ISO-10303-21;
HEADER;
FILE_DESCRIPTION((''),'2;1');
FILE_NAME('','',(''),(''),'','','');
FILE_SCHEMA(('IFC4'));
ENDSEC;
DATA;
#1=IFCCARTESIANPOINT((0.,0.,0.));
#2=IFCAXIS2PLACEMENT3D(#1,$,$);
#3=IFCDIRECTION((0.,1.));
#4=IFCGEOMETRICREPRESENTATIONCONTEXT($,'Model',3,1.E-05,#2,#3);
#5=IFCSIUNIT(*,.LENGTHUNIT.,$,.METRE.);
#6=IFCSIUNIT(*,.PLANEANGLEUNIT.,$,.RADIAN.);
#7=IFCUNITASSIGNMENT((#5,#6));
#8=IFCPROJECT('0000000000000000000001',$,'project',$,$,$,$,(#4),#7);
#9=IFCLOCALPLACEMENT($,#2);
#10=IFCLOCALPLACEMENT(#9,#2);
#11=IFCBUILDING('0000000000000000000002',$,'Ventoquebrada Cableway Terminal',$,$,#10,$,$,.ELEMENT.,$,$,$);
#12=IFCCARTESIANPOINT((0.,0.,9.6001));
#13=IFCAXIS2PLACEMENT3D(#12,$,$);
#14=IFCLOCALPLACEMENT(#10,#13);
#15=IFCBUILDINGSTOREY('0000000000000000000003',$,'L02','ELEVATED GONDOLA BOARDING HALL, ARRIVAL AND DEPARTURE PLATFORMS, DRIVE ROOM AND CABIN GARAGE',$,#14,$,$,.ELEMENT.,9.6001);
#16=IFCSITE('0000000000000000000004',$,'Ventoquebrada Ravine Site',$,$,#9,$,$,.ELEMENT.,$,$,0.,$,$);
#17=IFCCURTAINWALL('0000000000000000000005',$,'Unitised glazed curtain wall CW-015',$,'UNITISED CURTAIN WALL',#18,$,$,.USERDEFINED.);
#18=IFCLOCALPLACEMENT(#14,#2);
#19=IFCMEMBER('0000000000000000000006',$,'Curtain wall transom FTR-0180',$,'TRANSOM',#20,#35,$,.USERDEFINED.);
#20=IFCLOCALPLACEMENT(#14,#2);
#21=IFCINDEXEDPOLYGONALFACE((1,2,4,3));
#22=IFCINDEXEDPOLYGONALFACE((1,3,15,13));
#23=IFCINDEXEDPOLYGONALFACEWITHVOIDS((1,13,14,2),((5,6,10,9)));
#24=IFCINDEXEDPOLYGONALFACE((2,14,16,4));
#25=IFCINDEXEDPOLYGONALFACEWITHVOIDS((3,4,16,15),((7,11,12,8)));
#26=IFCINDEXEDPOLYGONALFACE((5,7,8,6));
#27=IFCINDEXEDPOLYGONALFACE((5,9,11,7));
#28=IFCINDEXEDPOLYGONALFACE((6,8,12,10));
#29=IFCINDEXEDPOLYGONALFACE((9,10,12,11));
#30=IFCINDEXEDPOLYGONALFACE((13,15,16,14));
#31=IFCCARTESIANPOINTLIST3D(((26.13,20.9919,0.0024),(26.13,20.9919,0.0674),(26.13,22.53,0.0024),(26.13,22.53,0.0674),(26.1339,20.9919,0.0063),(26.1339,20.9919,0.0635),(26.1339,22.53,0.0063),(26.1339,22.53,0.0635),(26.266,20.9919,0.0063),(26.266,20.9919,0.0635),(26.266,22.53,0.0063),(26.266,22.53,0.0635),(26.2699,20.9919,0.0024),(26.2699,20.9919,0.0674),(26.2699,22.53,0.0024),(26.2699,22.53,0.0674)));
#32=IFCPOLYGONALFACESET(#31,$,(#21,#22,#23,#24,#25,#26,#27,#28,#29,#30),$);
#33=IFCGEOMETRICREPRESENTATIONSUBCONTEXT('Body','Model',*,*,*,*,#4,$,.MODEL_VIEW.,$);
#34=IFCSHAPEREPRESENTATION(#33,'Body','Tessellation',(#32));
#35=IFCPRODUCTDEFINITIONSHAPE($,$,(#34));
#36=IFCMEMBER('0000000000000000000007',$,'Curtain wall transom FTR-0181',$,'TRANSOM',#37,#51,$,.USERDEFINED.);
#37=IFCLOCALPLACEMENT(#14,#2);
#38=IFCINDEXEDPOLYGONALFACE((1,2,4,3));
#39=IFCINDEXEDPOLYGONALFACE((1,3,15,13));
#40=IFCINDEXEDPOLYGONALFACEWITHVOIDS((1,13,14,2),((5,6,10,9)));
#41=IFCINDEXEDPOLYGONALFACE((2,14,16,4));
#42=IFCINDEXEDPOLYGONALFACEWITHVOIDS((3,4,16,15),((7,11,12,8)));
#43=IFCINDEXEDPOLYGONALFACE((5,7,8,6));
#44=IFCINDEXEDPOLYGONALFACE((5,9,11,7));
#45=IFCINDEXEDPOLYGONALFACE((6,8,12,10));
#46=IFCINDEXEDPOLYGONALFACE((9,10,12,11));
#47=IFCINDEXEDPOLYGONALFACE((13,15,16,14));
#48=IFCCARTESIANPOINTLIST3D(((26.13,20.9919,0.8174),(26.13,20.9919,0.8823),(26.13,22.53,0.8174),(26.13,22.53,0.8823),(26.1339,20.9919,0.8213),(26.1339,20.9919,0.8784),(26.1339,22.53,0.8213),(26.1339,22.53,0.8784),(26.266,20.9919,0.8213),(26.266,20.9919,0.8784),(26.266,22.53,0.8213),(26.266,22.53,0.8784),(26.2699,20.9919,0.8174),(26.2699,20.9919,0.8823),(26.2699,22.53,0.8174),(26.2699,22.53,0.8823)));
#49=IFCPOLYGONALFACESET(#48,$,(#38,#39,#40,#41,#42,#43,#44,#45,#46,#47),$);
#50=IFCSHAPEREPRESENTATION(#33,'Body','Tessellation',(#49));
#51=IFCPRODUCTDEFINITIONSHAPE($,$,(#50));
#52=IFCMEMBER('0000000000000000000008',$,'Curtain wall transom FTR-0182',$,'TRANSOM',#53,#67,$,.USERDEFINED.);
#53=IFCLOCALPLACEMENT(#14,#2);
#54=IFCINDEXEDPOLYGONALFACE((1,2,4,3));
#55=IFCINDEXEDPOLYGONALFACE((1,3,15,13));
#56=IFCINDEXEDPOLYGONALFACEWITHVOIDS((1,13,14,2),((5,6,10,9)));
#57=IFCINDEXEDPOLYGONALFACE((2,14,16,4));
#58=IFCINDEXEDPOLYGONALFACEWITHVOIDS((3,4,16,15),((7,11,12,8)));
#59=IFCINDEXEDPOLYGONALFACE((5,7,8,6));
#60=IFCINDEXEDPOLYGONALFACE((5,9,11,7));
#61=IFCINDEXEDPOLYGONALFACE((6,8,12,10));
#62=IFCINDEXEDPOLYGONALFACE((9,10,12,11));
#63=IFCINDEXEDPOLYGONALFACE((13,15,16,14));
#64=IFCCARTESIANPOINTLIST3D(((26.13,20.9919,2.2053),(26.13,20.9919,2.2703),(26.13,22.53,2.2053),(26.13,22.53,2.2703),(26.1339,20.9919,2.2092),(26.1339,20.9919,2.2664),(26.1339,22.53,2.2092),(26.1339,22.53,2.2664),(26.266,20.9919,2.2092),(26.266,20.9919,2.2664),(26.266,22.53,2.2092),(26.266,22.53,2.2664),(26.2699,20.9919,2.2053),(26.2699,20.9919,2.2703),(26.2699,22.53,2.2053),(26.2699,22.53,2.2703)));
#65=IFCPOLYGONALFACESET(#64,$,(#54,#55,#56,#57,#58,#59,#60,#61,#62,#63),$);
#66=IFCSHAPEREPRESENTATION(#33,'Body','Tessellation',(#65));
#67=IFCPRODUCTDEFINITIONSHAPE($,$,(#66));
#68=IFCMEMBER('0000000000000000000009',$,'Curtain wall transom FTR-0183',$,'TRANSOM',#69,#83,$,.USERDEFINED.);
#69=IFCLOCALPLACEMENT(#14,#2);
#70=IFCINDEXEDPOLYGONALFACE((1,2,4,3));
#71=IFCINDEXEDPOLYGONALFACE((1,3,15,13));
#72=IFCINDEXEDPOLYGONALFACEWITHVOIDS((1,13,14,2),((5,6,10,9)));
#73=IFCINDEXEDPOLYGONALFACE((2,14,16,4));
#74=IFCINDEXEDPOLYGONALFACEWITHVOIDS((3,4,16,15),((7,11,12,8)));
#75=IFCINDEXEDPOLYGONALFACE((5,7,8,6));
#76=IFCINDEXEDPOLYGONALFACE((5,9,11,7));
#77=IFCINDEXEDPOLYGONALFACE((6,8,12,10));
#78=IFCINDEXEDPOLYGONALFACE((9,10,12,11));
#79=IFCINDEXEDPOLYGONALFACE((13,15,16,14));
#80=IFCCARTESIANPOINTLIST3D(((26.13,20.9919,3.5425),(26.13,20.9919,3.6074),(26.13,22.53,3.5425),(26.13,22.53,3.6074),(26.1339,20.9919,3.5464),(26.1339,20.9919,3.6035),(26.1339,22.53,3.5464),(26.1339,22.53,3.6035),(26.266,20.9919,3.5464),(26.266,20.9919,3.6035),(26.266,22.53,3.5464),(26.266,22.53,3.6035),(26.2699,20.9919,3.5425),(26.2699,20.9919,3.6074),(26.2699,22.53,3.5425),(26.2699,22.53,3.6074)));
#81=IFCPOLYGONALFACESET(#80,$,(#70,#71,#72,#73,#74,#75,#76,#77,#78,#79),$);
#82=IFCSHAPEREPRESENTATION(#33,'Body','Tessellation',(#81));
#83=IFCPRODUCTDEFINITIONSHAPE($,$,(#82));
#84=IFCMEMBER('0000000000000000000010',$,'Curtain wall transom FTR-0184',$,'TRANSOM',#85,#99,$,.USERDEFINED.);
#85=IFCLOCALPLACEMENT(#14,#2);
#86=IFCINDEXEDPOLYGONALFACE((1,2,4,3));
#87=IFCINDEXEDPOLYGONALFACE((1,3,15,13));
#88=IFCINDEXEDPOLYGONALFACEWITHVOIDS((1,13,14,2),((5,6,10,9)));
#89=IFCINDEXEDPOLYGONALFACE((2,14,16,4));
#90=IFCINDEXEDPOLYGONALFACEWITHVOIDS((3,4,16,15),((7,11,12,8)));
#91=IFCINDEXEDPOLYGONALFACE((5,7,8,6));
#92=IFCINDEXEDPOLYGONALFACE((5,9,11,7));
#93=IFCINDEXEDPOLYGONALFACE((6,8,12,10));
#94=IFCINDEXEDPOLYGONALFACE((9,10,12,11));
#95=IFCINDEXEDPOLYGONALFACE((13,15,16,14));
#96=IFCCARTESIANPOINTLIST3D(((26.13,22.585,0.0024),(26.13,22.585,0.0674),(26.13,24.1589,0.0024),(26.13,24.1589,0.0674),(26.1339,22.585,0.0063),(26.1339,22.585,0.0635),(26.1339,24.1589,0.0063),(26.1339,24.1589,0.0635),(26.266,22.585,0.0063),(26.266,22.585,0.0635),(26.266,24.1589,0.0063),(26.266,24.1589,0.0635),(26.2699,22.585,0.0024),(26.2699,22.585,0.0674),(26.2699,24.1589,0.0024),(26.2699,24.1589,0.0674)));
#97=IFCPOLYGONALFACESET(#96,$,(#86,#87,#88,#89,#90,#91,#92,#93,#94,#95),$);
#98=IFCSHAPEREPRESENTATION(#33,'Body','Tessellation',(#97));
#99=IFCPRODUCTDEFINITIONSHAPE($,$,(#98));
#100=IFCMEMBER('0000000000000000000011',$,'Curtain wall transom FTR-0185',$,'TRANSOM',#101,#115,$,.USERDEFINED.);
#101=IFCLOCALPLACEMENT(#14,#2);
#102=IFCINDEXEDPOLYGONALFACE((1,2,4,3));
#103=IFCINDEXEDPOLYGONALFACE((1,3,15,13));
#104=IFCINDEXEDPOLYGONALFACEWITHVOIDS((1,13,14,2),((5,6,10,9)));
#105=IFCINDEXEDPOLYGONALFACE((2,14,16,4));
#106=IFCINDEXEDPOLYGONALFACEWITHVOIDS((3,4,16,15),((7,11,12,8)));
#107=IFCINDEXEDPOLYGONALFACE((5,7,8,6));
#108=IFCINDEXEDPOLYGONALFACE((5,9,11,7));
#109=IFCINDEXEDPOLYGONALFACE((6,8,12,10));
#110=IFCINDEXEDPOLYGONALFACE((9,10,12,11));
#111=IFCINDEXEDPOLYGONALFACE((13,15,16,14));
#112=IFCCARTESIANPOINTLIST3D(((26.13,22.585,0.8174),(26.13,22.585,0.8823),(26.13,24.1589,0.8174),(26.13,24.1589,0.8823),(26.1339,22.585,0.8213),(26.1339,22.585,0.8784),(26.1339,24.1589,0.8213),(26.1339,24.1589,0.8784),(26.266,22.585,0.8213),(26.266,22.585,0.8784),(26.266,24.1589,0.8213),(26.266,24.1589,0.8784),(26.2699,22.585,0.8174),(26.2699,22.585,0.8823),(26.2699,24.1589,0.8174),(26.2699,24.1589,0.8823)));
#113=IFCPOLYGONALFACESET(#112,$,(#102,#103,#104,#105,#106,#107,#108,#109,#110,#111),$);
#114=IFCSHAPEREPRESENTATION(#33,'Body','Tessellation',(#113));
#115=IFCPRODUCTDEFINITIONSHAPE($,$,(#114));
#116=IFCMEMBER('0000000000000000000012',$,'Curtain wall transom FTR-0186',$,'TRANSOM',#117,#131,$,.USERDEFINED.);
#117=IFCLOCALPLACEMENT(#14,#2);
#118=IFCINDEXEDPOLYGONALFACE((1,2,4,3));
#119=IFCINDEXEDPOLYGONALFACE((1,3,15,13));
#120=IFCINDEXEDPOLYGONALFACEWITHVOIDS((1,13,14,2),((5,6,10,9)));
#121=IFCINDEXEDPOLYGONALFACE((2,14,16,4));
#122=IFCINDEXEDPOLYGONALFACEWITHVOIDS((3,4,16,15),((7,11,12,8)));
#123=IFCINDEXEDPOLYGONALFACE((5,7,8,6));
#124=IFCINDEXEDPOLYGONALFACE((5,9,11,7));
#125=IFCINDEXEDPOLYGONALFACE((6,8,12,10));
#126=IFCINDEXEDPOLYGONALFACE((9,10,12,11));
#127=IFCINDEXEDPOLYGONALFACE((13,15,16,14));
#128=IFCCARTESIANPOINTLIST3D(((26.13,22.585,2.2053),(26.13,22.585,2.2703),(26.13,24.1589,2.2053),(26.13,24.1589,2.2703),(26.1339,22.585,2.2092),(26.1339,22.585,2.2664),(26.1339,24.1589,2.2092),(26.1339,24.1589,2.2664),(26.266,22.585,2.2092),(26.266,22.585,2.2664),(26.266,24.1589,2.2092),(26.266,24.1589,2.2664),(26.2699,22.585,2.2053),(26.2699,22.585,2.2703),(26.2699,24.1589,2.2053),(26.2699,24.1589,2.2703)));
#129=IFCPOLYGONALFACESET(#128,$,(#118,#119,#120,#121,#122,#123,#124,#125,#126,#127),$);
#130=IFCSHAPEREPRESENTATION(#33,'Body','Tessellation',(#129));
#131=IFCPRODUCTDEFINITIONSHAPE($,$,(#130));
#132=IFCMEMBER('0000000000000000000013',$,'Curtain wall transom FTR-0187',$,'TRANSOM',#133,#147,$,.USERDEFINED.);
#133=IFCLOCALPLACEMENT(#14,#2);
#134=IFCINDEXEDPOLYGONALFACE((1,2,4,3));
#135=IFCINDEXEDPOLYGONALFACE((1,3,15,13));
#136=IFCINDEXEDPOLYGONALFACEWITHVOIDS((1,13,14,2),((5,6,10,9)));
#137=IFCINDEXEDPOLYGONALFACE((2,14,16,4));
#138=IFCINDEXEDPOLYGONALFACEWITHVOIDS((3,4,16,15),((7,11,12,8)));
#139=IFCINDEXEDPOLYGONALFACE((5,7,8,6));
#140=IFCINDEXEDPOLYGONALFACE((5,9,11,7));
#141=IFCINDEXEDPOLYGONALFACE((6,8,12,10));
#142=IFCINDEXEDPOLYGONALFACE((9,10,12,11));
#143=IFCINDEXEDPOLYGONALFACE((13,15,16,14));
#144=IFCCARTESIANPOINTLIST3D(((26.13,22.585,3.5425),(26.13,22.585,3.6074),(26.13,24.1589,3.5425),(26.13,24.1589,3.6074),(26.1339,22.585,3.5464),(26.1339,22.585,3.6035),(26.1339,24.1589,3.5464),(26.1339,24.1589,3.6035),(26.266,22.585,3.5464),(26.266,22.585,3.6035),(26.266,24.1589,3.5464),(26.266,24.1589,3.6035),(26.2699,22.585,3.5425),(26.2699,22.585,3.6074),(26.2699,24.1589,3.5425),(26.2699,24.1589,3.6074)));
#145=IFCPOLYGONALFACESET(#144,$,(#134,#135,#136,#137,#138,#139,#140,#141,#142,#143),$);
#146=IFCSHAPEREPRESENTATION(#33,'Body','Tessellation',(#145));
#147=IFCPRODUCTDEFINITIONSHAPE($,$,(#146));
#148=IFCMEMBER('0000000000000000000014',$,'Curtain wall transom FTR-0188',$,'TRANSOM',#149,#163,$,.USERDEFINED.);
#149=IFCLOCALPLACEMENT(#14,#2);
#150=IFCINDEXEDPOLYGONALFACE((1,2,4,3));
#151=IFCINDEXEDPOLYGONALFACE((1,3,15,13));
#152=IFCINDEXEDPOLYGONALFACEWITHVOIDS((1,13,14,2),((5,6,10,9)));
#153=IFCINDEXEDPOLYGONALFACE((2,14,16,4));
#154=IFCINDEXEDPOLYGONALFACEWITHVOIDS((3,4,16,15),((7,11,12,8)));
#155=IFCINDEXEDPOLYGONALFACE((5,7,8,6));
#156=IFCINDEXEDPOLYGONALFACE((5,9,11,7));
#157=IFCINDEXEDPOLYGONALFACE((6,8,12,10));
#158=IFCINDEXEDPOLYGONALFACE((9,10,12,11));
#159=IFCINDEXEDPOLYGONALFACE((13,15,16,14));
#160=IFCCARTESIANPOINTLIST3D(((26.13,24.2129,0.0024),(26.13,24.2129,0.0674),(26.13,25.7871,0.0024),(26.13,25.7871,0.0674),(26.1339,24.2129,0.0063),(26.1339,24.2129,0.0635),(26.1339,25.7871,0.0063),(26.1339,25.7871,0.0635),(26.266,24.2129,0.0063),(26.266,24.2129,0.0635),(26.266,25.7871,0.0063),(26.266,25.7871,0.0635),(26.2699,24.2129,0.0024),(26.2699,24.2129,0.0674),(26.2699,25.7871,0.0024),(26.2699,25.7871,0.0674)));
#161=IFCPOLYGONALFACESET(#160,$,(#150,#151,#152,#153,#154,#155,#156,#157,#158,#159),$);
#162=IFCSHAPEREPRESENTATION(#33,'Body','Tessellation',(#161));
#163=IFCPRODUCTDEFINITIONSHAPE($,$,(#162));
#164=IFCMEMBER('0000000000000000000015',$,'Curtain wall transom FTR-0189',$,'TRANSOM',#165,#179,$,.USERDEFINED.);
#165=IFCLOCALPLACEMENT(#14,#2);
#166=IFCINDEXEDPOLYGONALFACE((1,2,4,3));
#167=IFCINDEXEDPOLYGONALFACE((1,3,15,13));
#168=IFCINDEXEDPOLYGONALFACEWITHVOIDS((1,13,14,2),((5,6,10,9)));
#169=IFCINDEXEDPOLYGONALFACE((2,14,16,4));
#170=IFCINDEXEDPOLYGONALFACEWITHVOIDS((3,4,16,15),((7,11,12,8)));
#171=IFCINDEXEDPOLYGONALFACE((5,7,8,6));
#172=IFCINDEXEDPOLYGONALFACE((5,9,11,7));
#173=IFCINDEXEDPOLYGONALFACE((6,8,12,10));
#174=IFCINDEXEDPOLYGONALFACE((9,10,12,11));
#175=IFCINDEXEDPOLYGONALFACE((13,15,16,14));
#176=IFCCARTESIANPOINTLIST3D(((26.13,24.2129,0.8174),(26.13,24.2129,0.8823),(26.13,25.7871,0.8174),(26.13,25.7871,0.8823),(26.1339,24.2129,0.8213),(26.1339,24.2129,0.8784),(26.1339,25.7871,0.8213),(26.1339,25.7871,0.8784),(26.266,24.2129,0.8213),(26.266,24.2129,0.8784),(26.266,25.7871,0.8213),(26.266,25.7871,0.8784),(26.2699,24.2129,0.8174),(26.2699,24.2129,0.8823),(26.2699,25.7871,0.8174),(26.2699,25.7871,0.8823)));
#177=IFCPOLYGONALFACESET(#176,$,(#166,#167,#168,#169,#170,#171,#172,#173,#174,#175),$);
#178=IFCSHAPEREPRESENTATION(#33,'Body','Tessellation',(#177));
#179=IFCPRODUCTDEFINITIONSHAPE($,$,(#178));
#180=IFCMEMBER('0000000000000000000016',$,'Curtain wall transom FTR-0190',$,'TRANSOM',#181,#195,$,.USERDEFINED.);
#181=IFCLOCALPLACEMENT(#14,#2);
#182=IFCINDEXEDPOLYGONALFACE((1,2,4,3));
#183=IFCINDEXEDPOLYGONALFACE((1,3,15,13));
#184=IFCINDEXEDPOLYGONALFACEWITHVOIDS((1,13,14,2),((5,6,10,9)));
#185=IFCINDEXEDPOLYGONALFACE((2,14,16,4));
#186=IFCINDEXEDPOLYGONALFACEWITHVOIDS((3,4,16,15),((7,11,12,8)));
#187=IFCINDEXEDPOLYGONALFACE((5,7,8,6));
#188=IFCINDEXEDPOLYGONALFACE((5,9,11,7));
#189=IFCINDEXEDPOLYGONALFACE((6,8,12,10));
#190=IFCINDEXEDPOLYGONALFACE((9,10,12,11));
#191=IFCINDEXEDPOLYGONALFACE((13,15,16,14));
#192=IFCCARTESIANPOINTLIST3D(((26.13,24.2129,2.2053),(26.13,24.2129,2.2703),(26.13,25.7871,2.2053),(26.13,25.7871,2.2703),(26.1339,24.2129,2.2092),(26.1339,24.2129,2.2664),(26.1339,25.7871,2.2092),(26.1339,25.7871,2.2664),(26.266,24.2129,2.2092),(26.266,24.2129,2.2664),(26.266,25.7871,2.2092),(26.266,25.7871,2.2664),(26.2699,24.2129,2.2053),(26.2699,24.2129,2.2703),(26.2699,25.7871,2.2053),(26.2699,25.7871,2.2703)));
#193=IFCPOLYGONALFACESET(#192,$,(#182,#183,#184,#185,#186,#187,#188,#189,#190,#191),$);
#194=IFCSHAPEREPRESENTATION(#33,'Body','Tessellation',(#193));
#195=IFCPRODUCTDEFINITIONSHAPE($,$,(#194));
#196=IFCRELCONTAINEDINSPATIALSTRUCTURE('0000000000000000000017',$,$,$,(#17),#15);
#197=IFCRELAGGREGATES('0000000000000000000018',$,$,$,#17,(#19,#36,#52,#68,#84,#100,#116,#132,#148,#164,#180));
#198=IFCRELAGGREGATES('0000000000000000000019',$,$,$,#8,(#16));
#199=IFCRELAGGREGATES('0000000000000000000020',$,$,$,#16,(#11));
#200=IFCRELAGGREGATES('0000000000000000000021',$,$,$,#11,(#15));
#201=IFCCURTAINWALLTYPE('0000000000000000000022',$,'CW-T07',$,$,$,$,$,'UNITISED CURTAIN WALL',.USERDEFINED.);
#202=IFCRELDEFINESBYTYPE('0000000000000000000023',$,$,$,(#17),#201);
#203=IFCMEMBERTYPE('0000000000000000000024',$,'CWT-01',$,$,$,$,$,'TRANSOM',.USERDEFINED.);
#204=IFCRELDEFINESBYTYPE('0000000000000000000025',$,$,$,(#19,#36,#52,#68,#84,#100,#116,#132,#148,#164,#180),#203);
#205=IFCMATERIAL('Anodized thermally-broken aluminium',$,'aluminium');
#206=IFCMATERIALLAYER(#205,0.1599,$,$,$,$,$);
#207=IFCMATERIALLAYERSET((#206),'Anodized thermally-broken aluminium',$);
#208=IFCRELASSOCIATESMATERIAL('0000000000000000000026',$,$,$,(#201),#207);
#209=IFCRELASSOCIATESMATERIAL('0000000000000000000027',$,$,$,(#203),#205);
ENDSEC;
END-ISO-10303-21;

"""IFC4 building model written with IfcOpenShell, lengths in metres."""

from ifc_helpers import new_model, si_unit, direction, frame, origin, origin_2d, place, context, subcontext, project, spatial, hollow_rectangle, extrude, material, layer, layer_set, material_profile, profile_set, type_object, element, aggregate, save


model = new_model("IFC4")

# Units and contexts
model_context = context("Model", 3, precision=1e-05, world=origin(), true_north=direction((0.0, 1.0)))
body_context = subcontext(model_context, "Body", "Model", "MODEL_VIEW")
ifc_project = project(units=[si_unit("LENGTHUNIT", "METRE"), si_unit("PLANEANGLEUNIT", "RADIAN")], contexts=[model_context])

# Site, building, storey
site_placement = place(None, origin())
site = spatial("IfcSite", under=ifc_project, at=site_placement, Name="Ventoquebrada Ravine Site", CompositionType="ELEMENT", RefElevation=0.0)
building_placement = place(site_placement, origin())
building = spatial("IfcBuilding", under=site, at=building_placement, Name="Ventoquebrada Cableway Terminal", CompositionType="ELEMENT")
storey_placement = place(building_placement, frame((0.0, 0.0, 9.6001)))
storey = spatial("IfcBuildingStorey", under=building, at=storey_placement, Name="L02", Description="ELEVATED GONDOLA BOARDING HALL, ARRIVAL AND DEPARTURE PLATFORMS, DRIVE ROOM AND CABIN GARAGE", CompositionType="ELEMENT", Elevation=9.6001)

# Curtain wall
ifc_material_1 = material(Name="Anodized thermally-broken aluminium", Category="aluminium")
ifc_layer_1 = layer(ifc_material_1, 0.1599)
ifc_layer_set_1 = layer_set([ifc_layer_1], Name="Anodized thermally-broken aluminium")
curtain_wall_type = type_object("IfcCurtainWallType", Name="CW-T07", ElementType="UNITISED CURTAIN WALL", PredefinedType="USERDEFINED", material=ifc_layer_set_1)
curtain_wall_1_placement = place(storey_placement, origin())
curtain_wall_1 = element("IfcCurtainWall", 1, at=curtain_wall_1_placement, inside=storey, type_object=curtain_wall_type, Name="Unitised glazed curtain wall CW-015", ObjectType="UNITISED CURTAIN WALL", PredefinedType="USERDEFINED")

# Members
ifc_material_profile_1 = material_profile(ifc_material_1, hollow_rectangle(XDim=0.0649, YDim=0.1399, WallThickness=0.0039, at=origin_2d()), Name="CW-TRN-65X140")
ifc_profile_set_1 = profile_set([ifc_material_profile_1], Name="Anodized thermally-broken aluminium")
member_type_1 = type_object("IfcMemberType", Name="CWT-01", ElementType="TRANSOM", PredefinedType="USERDEFINED", material=ifc_profile_set_1)
member_1_placement = place(storey_placement, frame((26.2, 20.9919, 0.0349), z_axis=(0.0, 1.0, 0.0), x_axis=(0.0, 0.0, 1.0)))
member_1 = element("IfcMember", 2, at=member_1_placement, type_object=member_type_1, Name="Curtain wall transom FTR-0180", ObjectType="TRANSOM", PredefinedType="USERDEFINED", context=body_context, shape_type="SweptSolid", body=[
    extrude(hollow_rectangle(XDim=0.0649, YDim=0.1399, WallThickness=0.0039, at=origin_2d()), origin(), (0.0, 0.0, 1.0), 1.5381),
])
member_2_placement = place(storey_placement, frame((26.2, 20.9919, 0.8499), z_axis=(0.0, 1.0, 0.0), x_axis=(0.0, 0.0, 1.0)))
member_2 = element("IfcMember", 3, at=member_2_placement, type_object=member_type_1, Name="Curtain wall transom FTR-0181", ObjectType="TRANSOM", PredefinedType="USERDEFINED", context=body_context, shape_type="SweptSolid", body=[
    extrude(hollow_rectangle(XDim=0.0649, YDim=0.1399, WallThickness=0.0039, at=origin_2d()), origin(), (0.0, 0.0, 1.0), 1.5381),
])
member_3_placement = place(storey_placement, frame((26.2, 20.9919, 2.2378), z_axis=(0.0, 1.0, 0.0), x_axis=(0.0, 0.0, 1.0)))
member_3 = element("IfcMember", 4, at=member_3_placement, type_object=member_type_1, Name="Curtain wall transom FTR-0182", ObjectType="TRANSOM", PredefinedType="USERDEFINED", context=body_context, shape_type="SweptSolid", body=[
    extrude(hollow_rectangle(XDim=0.0649, YDim=0.1399, WallThickness=0.0039, at=origin_2d()), origin(), (0.0, 0.0, 1.0), 1.5381),
])
member_4_placement = place(storey_placement, frame((26.2, 20.9919, 3.575), z_axis=(0.0, 1.0, 0.0), x_axis=(0.0, 0.0, 1.0)))
member_4 = element("IfcMember", 5, at=member_4_placement, type_object=member_type_1, Name="Curtain wall transom FTR-0183", ObjectType="TRANSOM", PredefinedType="USERDEFINED", context=body_context, shape_type="SweptSolid", body=[
    extrude(hollow_rectangle(XDim=0.0649, YDim=0.1399, WallThickness=0.0039, at=origin_2d()), origin(), (0.0, 0.0, 1.0), 1.5381),
])
member_5_placement = place(storey_placement, frame((26.2, 22.585, 0.0349), z_axis=(0.0, 1.0, 0.0), x_axis=(0.0, 0.0, 1.0)))
member_5 = element("IfcMember", 6, at=member_5_placement, type_object=member_type_1, Name="Curtain wall transom FTR-0184", ObjectType="TRANSOM", PredefinedType="USERDEFINED", context=body_context, shape_type="SweptSolid", body=[
    extrude(hollow_rectangle(XDim=0.0649, YDim=0.1399, WallThickness=0.0039, at=origin_2d()), origin(), (0.0, 0.0, 1.0), 1.574),
])
member_6_placement = place(storey_placement, frame((26.2, 22.585, 0.8499), z_axis=(0.0, 1.0, 0.0), x_axis=(0.0, 0.0, 1.0)))
member_6 = element("IfcMember", 7, at=member_6_placement, type_object=member_type_1, Name="Curtain wall transom FTR-0185", ObjectType="TRANSOM", PredefinedType="USERDEFINED", context=body_context, shape_type="SweptSolid", body=[
    extrude(hollow_rectangle(XDim=0.0649, YDim=0.1399, WallThickness=0.0039, at=origin_2d()), origin(), (0.0, 0.0, 1.0), 1.574),
])
member_7_placement = place(storey_placement, frame((26.2, 22.585, 2.2378), z_axis=(0.0, 1.0, 0.0), x_axis=(0.0, 0.0, 1.0)))
member_7 = element("IfcMember", 8, at=member_7_placement, type_object=member_type_1, Name="Curtain wall transom FTR-0186", ObjectType="TRANSOM", PredefinedType="USERDEFINED", context=body_context, shape_type="SweptSolid", body=[
    extrude(hollow_rectangle(XDim=0.0649, YDim=0.1399, WallThickness=0.0039, at=origin_2d()), origin(), (0.0, 0.0, 1.0), 1.574),
])
member_8_placement = place(storey_placement, frame((26.2, 22.585, 3.575), z_axis=(0.0, 1.0, 0.0), x_axis=(0.0, 0.0, 1.0)))
member_8 = element("IfcMember", 9, at=member_8_placement, type_object=member_type_1, Name="Curtain wall transom FTR-0187", ObjectType="TRANSOM", PredefinedType="USERDEFINED", context=body_context, shape_type="SweptSolid", body=[
    extrude(hollow_rectangle(XDim=0.0649, YDim=0.1399, WallThickness=0.0039, at=origin_2d()), origin(), (0.0, 0.0, 1.0), 1.574),
])
member_9_placement = place(storey_placement, frame((26.2, 24.2129, 0.0349), z_axis=(0.0, 1.0, 0.0), x_axis=(0.0, 0.0, 1.0)))
member_9 = element("IfcMember", 10, at=member_9_placement, type_object=member_type_1, Name="Curtain wall transom FTR-0188", ObjectType="TRANSOM", PredefinedType="USERDEFINED", context=body_context, shape_type="SweptSolid", body=[
    extrude(hollow_rectangle(XDim=0.0649, YDim=0.1399, WallThickness=0.0039, at=origin_2d()), origin(), (0.0, 0.0, 1.0), 1.5742),
])
member_10_placement = place(storey_placement, frame((26.2, 24.2129, 0.8499), z_axis=(0.0, 1.0, 0.0), x_axis=(0.0, 0.0, 1.0)))
member_10 = element("IfcMember", 11, at=member_10_placement, type_object=member_type_1, Name="Curtain wall transom FTR-0189", ObjectType="TRANSOM", PredefinedType="USERDEFINED", context=body_context, shape_type="SweptSolid", body=[
    extrude(hollow_rectangle(XDim=0.0649, YDim=0.1399, WallThickness=0.0039, at=origin_2d()), origin(), (0.0, 0.0, 1.0), 1.5742),
])
member_11_placement = place(storey_placement, frame((26.2, 24.2129, 2.2378), z_axis=(0.0, 1.0, 0.0), x_axis=(0.0, 0.0, 1.0)))
member_11 = element("IfcMember", 12, at=member_11_placement, type_object=member_type_1, Name="Curtain wall transom FTR-0190", ObjectType="TRANSOM", PredefinedType="USERDEFINED", context=body_context, shape_type="SweptSolid", body=[
    extrude(hollow_rectangle(XDim=0.0649, YDim=0.1399, WallThickness=0.0039, at=origin_2d()), origin(), (0.0, 0.0, 1.0), 1.5742),
])

aggregate(curtain_wall_1, [member_1, member_2, member_3, member_4, member_5, member_6, member_7, member_8, member_9, member_10, member_11])

save(model, "model.ifc")
